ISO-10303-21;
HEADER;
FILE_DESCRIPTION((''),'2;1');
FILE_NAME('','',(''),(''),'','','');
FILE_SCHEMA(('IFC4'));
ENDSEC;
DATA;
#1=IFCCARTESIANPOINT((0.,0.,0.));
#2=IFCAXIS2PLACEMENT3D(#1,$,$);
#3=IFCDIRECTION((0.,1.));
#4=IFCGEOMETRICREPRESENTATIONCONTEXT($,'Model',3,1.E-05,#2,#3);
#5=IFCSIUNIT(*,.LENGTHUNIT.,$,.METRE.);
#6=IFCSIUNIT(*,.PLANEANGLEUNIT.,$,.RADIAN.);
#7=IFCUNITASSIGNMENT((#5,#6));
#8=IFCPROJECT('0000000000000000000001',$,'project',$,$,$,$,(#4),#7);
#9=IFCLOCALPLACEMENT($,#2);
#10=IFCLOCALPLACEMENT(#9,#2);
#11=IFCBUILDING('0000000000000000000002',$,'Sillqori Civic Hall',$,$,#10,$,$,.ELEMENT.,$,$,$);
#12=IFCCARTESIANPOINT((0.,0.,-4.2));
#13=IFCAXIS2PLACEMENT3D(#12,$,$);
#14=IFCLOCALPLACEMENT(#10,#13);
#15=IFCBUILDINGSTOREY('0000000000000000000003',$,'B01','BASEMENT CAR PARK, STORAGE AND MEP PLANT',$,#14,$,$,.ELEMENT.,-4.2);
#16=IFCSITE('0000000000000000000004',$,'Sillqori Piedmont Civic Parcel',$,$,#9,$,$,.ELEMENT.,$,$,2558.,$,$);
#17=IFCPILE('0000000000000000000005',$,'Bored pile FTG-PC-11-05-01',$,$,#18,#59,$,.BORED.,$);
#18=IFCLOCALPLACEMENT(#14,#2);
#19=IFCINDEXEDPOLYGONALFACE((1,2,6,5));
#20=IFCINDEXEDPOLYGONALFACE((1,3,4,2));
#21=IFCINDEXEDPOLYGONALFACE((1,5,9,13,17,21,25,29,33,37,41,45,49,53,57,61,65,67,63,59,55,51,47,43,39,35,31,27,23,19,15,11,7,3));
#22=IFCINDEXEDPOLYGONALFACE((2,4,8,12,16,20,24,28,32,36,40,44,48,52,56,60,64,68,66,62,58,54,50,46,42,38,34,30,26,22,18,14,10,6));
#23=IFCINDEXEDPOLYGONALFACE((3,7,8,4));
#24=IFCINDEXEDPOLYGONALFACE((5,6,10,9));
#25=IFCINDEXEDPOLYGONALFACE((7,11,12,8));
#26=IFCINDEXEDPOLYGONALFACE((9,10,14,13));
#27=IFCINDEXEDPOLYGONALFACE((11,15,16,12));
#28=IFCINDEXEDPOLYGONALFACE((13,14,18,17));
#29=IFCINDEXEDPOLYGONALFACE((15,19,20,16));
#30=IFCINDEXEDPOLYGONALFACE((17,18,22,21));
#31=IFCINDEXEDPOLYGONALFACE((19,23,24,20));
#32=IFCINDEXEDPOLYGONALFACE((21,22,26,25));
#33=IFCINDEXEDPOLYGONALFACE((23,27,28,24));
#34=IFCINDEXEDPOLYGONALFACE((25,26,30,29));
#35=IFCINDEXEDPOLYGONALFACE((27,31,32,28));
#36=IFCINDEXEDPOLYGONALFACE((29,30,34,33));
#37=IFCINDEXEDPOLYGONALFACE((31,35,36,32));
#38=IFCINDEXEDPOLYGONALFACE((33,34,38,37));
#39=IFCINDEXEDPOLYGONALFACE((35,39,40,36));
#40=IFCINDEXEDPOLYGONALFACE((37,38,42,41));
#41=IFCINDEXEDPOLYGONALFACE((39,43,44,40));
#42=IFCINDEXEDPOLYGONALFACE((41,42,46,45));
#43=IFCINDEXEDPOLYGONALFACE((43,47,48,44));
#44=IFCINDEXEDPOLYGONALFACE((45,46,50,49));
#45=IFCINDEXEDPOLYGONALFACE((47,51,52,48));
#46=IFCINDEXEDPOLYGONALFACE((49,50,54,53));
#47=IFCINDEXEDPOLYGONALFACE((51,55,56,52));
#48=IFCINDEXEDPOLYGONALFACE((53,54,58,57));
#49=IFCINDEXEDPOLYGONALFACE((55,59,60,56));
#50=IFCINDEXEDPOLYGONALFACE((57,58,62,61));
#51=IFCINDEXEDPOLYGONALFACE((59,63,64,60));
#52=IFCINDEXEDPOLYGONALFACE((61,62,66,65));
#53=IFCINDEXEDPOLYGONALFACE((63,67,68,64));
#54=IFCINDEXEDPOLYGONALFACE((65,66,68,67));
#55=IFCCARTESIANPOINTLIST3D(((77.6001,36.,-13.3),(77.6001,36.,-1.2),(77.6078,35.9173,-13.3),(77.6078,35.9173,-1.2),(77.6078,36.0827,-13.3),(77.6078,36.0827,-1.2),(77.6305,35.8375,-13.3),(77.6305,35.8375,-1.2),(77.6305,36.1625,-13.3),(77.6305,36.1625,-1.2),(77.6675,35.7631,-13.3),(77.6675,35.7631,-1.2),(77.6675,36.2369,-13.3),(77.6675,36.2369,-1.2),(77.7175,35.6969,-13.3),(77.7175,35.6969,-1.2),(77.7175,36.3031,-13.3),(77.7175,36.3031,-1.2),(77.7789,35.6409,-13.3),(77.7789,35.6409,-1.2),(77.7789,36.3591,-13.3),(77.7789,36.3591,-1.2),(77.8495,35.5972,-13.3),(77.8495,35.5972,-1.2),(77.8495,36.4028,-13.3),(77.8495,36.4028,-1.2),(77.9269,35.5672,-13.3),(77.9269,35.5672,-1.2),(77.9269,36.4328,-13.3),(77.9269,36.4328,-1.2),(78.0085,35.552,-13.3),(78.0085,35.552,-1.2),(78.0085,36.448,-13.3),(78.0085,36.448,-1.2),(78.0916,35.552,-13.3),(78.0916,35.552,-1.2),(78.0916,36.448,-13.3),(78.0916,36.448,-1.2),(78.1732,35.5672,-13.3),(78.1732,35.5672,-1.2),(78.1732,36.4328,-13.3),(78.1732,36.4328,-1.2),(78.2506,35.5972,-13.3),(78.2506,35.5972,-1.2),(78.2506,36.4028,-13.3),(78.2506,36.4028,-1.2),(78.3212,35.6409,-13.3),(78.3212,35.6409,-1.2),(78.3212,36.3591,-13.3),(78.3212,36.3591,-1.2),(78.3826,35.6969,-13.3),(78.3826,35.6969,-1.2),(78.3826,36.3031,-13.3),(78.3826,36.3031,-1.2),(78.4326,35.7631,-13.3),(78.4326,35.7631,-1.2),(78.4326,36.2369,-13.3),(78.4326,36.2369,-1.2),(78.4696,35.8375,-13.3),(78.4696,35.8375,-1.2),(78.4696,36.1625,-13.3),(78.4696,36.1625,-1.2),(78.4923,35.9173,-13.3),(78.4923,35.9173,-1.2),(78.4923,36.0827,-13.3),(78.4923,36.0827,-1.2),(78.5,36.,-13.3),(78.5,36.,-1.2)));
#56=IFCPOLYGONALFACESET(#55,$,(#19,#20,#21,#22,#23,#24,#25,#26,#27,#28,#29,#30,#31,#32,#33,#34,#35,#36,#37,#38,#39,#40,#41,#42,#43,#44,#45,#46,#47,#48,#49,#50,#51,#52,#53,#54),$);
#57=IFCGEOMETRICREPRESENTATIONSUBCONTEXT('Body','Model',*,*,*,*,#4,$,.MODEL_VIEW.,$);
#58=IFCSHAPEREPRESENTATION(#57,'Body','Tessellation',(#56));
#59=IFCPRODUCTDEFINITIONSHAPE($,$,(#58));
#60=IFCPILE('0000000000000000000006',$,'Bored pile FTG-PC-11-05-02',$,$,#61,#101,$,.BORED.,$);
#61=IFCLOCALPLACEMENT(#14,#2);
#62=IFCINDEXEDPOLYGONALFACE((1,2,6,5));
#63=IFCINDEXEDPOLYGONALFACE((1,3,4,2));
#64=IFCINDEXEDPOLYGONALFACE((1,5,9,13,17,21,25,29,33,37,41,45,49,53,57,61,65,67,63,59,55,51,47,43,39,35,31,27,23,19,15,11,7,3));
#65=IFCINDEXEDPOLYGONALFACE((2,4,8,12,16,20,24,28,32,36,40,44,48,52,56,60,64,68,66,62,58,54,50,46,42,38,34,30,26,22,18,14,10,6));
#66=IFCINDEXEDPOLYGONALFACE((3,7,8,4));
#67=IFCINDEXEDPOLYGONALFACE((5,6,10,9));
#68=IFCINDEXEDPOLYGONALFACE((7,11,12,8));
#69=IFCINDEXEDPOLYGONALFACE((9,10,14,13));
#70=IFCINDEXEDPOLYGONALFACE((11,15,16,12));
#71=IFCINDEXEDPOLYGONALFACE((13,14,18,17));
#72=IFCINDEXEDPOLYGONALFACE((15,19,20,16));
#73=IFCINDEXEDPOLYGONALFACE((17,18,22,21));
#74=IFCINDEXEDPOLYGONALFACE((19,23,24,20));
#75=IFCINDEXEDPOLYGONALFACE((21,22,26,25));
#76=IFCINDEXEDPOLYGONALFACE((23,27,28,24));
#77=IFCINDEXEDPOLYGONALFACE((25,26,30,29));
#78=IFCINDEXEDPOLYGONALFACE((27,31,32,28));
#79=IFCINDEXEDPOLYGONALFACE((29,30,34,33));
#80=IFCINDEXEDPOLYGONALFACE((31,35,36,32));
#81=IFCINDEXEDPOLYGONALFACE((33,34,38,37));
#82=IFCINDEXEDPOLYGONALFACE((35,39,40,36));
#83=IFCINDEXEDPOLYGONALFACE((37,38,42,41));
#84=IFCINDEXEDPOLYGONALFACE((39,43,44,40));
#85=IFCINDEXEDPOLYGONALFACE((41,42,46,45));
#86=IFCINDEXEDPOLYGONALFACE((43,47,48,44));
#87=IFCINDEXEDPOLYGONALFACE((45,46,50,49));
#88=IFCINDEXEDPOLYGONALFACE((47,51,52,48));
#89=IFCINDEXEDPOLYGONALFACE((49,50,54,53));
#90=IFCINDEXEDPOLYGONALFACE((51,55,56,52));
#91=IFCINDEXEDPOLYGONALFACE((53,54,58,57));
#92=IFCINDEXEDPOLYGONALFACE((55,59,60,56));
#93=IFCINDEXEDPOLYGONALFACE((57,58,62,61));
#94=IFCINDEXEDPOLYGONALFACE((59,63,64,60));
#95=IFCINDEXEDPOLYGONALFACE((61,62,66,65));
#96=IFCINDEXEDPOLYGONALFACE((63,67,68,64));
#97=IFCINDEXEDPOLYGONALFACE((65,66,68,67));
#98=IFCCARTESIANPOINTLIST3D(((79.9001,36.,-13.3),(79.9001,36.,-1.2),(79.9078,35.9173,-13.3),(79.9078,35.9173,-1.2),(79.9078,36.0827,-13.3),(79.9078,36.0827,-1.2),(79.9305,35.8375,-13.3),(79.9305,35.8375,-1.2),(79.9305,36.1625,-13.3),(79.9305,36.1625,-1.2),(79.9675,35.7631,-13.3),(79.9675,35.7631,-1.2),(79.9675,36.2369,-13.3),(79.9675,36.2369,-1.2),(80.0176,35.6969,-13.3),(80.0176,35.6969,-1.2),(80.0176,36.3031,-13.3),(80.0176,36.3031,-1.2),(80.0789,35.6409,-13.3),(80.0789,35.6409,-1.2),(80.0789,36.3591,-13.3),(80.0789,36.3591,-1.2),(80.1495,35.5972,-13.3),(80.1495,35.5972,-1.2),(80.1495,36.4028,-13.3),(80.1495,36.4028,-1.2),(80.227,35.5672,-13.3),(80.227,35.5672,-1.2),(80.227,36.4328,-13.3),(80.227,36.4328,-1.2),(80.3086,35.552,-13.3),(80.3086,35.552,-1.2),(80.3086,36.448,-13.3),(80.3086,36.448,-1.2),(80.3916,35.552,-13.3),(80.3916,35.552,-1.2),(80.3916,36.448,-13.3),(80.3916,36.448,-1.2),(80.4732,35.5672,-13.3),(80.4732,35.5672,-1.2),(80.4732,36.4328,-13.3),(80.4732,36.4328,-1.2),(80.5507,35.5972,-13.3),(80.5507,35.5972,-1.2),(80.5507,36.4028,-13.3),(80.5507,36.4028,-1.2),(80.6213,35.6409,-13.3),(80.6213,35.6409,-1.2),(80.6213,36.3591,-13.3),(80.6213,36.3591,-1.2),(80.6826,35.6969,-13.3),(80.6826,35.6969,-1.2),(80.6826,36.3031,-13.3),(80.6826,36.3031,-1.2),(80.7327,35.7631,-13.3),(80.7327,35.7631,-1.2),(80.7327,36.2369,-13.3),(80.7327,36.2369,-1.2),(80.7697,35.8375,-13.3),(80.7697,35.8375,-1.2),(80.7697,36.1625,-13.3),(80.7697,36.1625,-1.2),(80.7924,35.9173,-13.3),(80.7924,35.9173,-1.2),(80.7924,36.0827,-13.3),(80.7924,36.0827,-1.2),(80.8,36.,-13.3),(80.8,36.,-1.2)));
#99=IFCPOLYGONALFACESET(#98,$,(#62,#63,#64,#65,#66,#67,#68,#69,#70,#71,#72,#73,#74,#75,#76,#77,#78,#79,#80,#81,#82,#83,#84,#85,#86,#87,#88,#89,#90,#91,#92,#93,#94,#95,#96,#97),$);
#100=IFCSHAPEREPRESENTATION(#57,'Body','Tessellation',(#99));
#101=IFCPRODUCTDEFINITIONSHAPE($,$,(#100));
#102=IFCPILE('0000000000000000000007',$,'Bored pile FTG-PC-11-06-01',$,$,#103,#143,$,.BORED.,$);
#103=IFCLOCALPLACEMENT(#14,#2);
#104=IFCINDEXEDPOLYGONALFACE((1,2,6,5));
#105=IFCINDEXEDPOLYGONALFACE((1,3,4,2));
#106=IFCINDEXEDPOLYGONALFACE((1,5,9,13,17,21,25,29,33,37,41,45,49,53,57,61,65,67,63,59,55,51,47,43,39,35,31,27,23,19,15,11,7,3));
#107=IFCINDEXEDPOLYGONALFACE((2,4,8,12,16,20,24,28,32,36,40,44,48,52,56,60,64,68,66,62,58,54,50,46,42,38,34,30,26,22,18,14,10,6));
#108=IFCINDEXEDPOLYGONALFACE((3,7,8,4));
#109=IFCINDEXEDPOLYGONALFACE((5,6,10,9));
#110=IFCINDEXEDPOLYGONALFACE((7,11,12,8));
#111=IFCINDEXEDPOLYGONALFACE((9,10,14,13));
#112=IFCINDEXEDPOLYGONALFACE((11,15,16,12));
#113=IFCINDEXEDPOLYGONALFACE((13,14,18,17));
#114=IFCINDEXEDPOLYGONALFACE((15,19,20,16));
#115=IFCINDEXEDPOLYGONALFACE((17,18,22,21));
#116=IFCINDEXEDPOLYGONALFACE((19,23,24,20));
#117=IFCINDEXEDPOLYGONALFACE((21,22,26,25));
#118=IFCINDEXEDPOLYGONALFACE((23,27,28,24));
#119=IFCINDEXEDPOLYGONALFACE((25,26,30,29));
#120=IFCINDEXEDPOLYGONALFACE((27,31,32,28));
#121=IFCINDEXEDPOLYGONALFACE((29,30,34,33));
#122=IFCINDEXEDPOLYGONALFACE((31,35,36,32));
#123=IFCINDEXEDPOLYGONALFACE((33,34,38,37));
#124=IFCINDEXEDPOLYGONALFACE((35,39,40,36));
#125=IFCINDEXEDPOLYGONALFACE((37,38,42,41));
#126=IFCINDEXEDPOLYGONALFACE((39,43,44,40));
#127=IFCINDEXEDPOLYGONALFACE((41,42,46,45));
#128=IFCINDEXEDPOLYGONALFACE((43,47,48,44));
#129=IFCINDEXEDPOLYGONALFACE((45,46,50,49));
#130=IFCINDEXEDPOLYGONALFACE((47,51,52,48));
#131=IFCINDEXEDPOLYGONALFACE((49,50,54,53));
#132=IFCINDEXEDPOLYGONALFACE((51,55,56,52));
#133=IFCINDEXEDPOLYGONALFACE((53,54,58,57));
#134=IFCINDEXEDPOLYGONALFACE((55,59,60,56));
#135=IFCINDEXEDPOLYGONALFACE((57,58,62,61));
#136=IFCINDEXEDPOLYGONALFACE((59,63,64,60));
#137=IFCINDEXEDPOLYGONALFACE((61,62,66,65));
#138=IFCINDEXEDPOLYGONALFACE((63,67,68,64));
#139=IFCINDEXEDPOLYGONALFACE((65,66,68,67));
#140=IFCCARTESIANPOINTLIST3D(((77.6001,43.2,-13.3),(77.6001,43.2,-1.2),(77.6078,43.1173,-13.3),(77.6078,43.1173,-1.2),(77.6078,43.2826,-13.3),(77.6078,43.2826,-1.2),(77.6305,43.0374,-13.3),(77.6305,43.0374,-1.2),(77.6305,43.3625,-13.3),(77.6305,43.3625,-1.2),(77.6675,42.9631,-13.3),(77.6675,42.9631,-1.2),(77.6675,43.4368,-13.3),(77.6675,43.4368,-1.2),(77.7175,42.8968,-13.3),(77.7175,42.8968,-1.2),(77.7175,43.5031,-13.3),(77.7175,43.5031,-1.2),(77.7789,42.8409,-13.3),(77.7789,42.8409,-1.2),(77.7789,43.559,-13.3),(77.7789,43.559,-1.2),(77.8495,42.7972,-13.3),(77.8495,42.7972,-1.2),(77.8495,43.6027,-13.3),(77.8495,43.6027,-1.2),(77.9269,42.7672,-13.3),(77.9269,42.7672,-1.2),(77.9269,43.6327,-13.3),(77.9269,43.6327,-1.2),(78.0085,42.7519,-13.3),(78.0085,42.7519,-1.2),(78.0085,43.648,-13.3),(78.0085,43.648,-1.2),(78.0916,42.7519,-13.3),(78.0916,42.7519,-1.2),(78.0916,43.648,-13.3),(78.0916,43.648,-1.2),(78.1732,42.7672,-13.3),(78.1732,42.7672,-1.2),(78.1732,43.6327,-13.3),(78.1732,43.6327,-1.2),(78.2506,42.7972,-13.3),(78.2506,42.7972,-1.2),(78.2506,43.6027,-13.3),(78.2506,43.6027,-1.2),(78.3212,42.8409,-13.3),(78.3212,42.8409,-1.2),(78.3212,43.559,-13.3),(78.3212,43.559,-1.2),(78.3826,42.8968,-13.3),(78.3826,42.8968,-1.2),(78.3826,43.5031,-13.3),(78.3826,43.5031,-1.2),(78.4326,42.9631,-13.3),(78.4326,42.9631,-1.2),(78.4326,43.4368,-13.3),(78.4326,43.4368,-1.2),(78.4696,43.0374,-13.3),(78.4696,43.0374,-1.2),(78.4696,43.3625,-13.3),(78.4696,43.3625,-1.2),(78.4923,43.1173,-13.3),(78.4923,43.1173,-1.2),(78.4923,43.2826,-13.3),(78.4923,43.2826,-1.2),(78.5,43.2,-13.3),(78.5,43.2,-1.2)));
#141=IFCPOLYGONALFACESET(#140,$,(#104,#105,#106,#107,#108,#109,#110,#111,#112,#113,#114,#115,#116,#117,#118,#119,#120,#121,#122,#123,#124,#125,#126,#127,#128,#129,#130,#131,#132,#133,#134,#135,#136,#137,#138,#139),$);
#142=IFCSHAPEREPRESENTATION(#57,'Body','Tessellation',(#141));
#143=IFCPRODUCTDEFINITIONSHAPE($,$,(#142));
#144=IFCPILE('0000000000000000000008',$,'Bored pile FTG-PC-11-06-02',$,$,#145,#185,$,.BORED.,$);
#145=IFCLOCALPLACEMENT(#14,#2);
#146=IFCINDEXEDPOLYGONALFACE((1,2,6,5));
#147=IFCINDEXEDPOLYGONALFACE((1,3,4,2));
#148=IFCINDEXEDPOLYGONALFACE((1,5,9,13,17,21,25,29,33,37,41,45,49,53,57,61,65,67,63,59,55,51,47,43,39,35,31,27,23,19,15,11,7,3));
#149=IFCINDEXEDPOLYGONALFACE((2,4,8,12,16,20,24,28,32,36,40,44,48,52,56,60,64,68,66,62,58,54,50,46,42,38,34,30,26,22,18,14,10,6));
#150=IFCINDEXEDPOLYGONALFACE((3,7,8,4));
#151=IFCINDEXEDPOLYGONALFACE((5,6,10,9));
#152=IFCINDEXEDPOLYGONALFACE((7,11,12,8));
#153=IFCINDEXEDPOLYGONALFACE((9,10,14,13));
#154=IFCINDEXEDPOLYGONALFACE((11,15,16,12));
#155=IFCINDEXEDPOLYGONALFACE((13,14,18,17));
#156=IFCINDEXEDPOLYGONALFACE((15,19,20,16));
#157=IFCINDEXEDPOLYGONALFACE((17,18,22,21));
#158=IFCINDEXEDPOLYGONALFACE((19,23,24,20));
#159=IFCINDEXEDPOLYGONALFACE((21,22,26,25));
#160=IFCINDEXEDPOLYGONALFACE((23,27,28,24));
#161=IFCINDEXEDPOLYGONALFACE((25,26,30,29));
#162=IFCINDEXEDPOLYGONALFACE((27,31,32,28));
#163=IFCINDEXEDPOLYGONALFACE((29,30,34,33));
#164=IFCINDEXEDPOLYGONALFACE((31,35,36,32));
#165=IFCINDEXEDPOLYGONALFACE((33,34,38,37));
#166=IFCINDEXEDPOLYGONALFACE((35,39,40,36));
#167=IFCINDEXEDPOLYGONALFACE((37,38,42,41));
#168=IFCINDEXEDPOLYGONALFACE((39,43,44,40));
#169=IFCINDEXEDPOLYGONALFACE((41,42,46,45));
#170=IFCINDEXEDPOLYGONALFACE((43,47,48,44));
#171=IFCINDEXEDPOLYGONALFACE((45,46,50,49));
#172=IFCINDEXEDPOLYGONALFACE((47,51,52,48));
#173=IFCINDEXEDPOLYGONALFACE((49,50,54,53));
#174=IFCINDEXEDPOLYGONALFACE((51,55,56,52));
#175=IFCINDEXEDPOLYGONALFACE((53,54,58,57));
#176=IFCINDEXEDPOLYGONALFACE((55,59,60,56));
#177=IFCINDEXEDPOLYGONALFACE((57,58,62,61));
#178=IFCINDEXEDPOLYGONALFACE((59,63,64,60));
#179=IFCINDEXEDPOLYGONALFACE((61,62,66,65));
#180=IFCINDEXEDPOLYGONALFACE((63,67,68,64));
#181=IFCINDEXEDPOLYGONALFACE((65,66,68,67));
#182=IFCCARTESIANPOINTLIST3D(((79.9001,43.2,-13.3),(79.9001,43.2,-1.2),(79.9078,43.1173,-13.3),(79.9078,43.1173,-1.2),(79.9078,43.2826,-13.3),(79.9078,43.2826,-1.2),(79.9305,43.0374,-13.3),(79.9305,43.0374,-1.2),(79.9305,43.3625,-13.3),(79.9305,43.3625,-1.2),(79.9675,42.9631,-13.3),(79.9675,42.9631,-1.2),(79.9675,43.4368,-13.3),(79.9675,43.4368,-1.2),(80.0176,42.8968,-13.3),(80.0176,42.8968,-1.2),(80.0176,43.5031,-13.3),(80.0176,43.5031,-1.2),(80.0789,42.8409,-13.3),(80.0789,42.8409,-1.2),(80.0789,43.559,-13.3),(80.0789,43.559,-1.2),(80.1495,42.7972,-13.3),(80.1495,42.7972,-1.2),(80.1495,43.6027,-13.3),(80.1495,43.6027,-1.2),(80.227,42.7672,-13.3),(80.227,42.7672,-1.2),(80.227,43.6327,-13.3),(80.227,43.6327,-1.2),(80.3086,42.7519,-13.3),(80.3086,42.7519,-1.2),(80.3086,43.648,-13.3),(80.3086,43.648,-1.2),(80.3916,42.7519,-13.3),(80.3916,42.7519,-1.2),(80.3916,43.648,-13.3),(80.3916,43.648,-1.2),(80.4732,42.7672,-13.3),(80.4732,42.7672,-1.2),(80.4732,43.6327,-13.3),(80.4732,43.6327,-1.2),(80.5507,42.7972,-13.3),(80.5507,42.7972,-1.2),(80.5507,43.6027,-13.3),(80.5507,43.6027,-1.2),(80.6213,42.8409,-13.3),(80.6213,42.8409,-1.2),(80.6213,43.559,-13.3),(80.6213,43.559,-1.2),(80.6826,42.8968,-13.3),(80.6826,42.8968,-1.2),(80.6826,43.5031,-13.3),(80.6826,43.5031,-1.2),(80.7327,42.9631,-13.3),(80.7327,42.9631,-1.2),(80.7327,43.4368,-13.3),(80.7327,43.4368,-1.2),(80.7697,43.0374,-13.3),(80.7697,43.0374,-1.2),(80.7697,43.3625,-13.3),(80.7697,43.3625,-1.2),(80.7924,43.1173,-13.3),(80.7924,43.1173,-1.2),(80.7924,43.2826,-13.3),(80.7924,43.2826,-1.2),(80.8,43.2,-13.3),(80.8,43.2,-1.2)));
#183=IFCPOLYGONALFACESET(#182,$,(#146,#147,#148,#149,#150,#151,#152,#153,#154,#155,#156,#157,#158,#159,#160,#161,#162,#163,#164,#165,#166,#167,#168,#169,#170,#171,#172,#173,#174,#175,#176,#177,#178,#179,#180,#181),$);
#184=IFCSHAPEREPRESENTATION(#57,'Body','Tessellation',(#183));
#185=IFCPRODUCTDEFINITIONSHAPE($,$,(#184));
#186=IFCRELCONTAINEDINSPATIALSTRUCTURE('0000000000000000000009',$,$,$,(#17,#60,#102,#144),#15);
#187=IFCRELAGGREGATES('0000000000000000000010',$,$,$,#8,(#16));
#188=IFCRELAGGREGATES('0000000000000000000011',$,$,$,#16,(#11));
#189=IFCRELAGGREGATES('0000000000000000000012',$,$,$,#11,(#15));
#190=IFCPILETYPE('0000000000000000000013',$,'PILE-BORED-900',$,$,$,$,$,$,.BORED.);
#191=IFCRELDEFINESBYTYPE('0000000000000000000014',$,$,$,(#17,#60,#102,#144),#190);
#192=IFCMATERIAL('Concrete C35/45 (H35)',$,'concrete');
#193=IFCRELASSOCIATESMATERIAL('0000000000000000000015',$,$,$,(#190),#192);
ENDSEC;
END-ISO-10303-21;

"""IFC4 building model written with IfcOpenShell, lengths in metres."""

from ifc_helpers import new_model, si_unit, direction, frame, origin, origin_2d, place, context, subcontext, project, spatial, circle, extrude, material, material_profile, profile_set, type_object, element, save


model = new_model("IFC4")

# Units and contexts
model_context = context("Model", 3, precision=1e-05, world=origin(), true_north=direction((0.0, 1.0)))
body_context = subcontext(model_context, "Body", "Model", "MODEL_VIEW")
ifc_project = project(units=[si_unit("LENGTHUNIT", "METRE"), si_unit("PLANEANGLEUNIT", "RADIAN")], contexts=[model_context])

# Site, building, storey
site_placement = place(None, origin())
site = spatial("IfcSite", under=ifc_project, at=site_placement, Name="Sillqori Piedmont Civic Parcel", CompositionType="ELEMENT", RefElevation=2558.0)
building_placement = place(site_placement, origin())
building = spatial("IfcBuilding", under=site, at=building_placement, Name="Sillqori Civic Hall", CompositionType="ELEMENT")
storey_placement = place(building_placement, frame((0.0, 0.0, -4.2)))
storey = spatial("IfcBuildingStorey", under=building, at=storey_placement, Name="B01", Description="BASEMENT CAR PARK, STORAGE AND MEP PLANT", CompositionType="ELEMENT", Elevation=-4.2)

# Shared definitions
ifc_material = material(Name="Concrete C35/45 (H35)", Category="concrete")

# Piles
ifc_material_profile_1 = material_profile(ifc_material, circle(Radius=0.45, at=origin_2d()), Name="BORED PILE 900")
ifc_profile_set_1 = profile_set([ifc_material_profile_1], Name="Concrete C35/45 (H35)")
pile_type = type_object("IfcPileType", Name="PILE-BORED-900", PredefinedType="BORED", material=ifc_profile_set_1)
for number, where, z_axis, x_axis, name in (
    (1, (78.05, 36.0, -1.2), (0.0, 0.0, -1.0), (1.0, 0.0, 0.0), "Bored pile FTG-PC-11-05-01"),
    (2, (80.3501, 36.0, -1.2), (0.0, 0.0, -1.0), (1.0, 0.0, 0.0), "Bored pile FTG-PC-11-05-02"),
    (3, (78.05, 43.2, -1.2), (0.0, 0.0, -1.0), (1.0, 0.0, 0.0), "Bored pile FTG-PC-11-06-01"),
    (4, (80.3501, 43.2, -1.2), (0.0, 0.0, -1.0), (1.0, 0.0, 0.0), "Bored pile FTG-PC-11-06-02"),
):
    element("IfcPile", number, at=place(storey_placement, frame(where, z_axis=z_axis, x_axis=x_axis)), inside=storey, type_object=pile_type, Name=name, PredefinedType="BORED", context=body_context, shape_type="SweptSolid", body=[
        extrude(circle(Radius=0.45, at=origin_2d()), origin(), (0.0, 0.0, 1.0), 12.1001),
    ])

save(model, "model.ifc")
